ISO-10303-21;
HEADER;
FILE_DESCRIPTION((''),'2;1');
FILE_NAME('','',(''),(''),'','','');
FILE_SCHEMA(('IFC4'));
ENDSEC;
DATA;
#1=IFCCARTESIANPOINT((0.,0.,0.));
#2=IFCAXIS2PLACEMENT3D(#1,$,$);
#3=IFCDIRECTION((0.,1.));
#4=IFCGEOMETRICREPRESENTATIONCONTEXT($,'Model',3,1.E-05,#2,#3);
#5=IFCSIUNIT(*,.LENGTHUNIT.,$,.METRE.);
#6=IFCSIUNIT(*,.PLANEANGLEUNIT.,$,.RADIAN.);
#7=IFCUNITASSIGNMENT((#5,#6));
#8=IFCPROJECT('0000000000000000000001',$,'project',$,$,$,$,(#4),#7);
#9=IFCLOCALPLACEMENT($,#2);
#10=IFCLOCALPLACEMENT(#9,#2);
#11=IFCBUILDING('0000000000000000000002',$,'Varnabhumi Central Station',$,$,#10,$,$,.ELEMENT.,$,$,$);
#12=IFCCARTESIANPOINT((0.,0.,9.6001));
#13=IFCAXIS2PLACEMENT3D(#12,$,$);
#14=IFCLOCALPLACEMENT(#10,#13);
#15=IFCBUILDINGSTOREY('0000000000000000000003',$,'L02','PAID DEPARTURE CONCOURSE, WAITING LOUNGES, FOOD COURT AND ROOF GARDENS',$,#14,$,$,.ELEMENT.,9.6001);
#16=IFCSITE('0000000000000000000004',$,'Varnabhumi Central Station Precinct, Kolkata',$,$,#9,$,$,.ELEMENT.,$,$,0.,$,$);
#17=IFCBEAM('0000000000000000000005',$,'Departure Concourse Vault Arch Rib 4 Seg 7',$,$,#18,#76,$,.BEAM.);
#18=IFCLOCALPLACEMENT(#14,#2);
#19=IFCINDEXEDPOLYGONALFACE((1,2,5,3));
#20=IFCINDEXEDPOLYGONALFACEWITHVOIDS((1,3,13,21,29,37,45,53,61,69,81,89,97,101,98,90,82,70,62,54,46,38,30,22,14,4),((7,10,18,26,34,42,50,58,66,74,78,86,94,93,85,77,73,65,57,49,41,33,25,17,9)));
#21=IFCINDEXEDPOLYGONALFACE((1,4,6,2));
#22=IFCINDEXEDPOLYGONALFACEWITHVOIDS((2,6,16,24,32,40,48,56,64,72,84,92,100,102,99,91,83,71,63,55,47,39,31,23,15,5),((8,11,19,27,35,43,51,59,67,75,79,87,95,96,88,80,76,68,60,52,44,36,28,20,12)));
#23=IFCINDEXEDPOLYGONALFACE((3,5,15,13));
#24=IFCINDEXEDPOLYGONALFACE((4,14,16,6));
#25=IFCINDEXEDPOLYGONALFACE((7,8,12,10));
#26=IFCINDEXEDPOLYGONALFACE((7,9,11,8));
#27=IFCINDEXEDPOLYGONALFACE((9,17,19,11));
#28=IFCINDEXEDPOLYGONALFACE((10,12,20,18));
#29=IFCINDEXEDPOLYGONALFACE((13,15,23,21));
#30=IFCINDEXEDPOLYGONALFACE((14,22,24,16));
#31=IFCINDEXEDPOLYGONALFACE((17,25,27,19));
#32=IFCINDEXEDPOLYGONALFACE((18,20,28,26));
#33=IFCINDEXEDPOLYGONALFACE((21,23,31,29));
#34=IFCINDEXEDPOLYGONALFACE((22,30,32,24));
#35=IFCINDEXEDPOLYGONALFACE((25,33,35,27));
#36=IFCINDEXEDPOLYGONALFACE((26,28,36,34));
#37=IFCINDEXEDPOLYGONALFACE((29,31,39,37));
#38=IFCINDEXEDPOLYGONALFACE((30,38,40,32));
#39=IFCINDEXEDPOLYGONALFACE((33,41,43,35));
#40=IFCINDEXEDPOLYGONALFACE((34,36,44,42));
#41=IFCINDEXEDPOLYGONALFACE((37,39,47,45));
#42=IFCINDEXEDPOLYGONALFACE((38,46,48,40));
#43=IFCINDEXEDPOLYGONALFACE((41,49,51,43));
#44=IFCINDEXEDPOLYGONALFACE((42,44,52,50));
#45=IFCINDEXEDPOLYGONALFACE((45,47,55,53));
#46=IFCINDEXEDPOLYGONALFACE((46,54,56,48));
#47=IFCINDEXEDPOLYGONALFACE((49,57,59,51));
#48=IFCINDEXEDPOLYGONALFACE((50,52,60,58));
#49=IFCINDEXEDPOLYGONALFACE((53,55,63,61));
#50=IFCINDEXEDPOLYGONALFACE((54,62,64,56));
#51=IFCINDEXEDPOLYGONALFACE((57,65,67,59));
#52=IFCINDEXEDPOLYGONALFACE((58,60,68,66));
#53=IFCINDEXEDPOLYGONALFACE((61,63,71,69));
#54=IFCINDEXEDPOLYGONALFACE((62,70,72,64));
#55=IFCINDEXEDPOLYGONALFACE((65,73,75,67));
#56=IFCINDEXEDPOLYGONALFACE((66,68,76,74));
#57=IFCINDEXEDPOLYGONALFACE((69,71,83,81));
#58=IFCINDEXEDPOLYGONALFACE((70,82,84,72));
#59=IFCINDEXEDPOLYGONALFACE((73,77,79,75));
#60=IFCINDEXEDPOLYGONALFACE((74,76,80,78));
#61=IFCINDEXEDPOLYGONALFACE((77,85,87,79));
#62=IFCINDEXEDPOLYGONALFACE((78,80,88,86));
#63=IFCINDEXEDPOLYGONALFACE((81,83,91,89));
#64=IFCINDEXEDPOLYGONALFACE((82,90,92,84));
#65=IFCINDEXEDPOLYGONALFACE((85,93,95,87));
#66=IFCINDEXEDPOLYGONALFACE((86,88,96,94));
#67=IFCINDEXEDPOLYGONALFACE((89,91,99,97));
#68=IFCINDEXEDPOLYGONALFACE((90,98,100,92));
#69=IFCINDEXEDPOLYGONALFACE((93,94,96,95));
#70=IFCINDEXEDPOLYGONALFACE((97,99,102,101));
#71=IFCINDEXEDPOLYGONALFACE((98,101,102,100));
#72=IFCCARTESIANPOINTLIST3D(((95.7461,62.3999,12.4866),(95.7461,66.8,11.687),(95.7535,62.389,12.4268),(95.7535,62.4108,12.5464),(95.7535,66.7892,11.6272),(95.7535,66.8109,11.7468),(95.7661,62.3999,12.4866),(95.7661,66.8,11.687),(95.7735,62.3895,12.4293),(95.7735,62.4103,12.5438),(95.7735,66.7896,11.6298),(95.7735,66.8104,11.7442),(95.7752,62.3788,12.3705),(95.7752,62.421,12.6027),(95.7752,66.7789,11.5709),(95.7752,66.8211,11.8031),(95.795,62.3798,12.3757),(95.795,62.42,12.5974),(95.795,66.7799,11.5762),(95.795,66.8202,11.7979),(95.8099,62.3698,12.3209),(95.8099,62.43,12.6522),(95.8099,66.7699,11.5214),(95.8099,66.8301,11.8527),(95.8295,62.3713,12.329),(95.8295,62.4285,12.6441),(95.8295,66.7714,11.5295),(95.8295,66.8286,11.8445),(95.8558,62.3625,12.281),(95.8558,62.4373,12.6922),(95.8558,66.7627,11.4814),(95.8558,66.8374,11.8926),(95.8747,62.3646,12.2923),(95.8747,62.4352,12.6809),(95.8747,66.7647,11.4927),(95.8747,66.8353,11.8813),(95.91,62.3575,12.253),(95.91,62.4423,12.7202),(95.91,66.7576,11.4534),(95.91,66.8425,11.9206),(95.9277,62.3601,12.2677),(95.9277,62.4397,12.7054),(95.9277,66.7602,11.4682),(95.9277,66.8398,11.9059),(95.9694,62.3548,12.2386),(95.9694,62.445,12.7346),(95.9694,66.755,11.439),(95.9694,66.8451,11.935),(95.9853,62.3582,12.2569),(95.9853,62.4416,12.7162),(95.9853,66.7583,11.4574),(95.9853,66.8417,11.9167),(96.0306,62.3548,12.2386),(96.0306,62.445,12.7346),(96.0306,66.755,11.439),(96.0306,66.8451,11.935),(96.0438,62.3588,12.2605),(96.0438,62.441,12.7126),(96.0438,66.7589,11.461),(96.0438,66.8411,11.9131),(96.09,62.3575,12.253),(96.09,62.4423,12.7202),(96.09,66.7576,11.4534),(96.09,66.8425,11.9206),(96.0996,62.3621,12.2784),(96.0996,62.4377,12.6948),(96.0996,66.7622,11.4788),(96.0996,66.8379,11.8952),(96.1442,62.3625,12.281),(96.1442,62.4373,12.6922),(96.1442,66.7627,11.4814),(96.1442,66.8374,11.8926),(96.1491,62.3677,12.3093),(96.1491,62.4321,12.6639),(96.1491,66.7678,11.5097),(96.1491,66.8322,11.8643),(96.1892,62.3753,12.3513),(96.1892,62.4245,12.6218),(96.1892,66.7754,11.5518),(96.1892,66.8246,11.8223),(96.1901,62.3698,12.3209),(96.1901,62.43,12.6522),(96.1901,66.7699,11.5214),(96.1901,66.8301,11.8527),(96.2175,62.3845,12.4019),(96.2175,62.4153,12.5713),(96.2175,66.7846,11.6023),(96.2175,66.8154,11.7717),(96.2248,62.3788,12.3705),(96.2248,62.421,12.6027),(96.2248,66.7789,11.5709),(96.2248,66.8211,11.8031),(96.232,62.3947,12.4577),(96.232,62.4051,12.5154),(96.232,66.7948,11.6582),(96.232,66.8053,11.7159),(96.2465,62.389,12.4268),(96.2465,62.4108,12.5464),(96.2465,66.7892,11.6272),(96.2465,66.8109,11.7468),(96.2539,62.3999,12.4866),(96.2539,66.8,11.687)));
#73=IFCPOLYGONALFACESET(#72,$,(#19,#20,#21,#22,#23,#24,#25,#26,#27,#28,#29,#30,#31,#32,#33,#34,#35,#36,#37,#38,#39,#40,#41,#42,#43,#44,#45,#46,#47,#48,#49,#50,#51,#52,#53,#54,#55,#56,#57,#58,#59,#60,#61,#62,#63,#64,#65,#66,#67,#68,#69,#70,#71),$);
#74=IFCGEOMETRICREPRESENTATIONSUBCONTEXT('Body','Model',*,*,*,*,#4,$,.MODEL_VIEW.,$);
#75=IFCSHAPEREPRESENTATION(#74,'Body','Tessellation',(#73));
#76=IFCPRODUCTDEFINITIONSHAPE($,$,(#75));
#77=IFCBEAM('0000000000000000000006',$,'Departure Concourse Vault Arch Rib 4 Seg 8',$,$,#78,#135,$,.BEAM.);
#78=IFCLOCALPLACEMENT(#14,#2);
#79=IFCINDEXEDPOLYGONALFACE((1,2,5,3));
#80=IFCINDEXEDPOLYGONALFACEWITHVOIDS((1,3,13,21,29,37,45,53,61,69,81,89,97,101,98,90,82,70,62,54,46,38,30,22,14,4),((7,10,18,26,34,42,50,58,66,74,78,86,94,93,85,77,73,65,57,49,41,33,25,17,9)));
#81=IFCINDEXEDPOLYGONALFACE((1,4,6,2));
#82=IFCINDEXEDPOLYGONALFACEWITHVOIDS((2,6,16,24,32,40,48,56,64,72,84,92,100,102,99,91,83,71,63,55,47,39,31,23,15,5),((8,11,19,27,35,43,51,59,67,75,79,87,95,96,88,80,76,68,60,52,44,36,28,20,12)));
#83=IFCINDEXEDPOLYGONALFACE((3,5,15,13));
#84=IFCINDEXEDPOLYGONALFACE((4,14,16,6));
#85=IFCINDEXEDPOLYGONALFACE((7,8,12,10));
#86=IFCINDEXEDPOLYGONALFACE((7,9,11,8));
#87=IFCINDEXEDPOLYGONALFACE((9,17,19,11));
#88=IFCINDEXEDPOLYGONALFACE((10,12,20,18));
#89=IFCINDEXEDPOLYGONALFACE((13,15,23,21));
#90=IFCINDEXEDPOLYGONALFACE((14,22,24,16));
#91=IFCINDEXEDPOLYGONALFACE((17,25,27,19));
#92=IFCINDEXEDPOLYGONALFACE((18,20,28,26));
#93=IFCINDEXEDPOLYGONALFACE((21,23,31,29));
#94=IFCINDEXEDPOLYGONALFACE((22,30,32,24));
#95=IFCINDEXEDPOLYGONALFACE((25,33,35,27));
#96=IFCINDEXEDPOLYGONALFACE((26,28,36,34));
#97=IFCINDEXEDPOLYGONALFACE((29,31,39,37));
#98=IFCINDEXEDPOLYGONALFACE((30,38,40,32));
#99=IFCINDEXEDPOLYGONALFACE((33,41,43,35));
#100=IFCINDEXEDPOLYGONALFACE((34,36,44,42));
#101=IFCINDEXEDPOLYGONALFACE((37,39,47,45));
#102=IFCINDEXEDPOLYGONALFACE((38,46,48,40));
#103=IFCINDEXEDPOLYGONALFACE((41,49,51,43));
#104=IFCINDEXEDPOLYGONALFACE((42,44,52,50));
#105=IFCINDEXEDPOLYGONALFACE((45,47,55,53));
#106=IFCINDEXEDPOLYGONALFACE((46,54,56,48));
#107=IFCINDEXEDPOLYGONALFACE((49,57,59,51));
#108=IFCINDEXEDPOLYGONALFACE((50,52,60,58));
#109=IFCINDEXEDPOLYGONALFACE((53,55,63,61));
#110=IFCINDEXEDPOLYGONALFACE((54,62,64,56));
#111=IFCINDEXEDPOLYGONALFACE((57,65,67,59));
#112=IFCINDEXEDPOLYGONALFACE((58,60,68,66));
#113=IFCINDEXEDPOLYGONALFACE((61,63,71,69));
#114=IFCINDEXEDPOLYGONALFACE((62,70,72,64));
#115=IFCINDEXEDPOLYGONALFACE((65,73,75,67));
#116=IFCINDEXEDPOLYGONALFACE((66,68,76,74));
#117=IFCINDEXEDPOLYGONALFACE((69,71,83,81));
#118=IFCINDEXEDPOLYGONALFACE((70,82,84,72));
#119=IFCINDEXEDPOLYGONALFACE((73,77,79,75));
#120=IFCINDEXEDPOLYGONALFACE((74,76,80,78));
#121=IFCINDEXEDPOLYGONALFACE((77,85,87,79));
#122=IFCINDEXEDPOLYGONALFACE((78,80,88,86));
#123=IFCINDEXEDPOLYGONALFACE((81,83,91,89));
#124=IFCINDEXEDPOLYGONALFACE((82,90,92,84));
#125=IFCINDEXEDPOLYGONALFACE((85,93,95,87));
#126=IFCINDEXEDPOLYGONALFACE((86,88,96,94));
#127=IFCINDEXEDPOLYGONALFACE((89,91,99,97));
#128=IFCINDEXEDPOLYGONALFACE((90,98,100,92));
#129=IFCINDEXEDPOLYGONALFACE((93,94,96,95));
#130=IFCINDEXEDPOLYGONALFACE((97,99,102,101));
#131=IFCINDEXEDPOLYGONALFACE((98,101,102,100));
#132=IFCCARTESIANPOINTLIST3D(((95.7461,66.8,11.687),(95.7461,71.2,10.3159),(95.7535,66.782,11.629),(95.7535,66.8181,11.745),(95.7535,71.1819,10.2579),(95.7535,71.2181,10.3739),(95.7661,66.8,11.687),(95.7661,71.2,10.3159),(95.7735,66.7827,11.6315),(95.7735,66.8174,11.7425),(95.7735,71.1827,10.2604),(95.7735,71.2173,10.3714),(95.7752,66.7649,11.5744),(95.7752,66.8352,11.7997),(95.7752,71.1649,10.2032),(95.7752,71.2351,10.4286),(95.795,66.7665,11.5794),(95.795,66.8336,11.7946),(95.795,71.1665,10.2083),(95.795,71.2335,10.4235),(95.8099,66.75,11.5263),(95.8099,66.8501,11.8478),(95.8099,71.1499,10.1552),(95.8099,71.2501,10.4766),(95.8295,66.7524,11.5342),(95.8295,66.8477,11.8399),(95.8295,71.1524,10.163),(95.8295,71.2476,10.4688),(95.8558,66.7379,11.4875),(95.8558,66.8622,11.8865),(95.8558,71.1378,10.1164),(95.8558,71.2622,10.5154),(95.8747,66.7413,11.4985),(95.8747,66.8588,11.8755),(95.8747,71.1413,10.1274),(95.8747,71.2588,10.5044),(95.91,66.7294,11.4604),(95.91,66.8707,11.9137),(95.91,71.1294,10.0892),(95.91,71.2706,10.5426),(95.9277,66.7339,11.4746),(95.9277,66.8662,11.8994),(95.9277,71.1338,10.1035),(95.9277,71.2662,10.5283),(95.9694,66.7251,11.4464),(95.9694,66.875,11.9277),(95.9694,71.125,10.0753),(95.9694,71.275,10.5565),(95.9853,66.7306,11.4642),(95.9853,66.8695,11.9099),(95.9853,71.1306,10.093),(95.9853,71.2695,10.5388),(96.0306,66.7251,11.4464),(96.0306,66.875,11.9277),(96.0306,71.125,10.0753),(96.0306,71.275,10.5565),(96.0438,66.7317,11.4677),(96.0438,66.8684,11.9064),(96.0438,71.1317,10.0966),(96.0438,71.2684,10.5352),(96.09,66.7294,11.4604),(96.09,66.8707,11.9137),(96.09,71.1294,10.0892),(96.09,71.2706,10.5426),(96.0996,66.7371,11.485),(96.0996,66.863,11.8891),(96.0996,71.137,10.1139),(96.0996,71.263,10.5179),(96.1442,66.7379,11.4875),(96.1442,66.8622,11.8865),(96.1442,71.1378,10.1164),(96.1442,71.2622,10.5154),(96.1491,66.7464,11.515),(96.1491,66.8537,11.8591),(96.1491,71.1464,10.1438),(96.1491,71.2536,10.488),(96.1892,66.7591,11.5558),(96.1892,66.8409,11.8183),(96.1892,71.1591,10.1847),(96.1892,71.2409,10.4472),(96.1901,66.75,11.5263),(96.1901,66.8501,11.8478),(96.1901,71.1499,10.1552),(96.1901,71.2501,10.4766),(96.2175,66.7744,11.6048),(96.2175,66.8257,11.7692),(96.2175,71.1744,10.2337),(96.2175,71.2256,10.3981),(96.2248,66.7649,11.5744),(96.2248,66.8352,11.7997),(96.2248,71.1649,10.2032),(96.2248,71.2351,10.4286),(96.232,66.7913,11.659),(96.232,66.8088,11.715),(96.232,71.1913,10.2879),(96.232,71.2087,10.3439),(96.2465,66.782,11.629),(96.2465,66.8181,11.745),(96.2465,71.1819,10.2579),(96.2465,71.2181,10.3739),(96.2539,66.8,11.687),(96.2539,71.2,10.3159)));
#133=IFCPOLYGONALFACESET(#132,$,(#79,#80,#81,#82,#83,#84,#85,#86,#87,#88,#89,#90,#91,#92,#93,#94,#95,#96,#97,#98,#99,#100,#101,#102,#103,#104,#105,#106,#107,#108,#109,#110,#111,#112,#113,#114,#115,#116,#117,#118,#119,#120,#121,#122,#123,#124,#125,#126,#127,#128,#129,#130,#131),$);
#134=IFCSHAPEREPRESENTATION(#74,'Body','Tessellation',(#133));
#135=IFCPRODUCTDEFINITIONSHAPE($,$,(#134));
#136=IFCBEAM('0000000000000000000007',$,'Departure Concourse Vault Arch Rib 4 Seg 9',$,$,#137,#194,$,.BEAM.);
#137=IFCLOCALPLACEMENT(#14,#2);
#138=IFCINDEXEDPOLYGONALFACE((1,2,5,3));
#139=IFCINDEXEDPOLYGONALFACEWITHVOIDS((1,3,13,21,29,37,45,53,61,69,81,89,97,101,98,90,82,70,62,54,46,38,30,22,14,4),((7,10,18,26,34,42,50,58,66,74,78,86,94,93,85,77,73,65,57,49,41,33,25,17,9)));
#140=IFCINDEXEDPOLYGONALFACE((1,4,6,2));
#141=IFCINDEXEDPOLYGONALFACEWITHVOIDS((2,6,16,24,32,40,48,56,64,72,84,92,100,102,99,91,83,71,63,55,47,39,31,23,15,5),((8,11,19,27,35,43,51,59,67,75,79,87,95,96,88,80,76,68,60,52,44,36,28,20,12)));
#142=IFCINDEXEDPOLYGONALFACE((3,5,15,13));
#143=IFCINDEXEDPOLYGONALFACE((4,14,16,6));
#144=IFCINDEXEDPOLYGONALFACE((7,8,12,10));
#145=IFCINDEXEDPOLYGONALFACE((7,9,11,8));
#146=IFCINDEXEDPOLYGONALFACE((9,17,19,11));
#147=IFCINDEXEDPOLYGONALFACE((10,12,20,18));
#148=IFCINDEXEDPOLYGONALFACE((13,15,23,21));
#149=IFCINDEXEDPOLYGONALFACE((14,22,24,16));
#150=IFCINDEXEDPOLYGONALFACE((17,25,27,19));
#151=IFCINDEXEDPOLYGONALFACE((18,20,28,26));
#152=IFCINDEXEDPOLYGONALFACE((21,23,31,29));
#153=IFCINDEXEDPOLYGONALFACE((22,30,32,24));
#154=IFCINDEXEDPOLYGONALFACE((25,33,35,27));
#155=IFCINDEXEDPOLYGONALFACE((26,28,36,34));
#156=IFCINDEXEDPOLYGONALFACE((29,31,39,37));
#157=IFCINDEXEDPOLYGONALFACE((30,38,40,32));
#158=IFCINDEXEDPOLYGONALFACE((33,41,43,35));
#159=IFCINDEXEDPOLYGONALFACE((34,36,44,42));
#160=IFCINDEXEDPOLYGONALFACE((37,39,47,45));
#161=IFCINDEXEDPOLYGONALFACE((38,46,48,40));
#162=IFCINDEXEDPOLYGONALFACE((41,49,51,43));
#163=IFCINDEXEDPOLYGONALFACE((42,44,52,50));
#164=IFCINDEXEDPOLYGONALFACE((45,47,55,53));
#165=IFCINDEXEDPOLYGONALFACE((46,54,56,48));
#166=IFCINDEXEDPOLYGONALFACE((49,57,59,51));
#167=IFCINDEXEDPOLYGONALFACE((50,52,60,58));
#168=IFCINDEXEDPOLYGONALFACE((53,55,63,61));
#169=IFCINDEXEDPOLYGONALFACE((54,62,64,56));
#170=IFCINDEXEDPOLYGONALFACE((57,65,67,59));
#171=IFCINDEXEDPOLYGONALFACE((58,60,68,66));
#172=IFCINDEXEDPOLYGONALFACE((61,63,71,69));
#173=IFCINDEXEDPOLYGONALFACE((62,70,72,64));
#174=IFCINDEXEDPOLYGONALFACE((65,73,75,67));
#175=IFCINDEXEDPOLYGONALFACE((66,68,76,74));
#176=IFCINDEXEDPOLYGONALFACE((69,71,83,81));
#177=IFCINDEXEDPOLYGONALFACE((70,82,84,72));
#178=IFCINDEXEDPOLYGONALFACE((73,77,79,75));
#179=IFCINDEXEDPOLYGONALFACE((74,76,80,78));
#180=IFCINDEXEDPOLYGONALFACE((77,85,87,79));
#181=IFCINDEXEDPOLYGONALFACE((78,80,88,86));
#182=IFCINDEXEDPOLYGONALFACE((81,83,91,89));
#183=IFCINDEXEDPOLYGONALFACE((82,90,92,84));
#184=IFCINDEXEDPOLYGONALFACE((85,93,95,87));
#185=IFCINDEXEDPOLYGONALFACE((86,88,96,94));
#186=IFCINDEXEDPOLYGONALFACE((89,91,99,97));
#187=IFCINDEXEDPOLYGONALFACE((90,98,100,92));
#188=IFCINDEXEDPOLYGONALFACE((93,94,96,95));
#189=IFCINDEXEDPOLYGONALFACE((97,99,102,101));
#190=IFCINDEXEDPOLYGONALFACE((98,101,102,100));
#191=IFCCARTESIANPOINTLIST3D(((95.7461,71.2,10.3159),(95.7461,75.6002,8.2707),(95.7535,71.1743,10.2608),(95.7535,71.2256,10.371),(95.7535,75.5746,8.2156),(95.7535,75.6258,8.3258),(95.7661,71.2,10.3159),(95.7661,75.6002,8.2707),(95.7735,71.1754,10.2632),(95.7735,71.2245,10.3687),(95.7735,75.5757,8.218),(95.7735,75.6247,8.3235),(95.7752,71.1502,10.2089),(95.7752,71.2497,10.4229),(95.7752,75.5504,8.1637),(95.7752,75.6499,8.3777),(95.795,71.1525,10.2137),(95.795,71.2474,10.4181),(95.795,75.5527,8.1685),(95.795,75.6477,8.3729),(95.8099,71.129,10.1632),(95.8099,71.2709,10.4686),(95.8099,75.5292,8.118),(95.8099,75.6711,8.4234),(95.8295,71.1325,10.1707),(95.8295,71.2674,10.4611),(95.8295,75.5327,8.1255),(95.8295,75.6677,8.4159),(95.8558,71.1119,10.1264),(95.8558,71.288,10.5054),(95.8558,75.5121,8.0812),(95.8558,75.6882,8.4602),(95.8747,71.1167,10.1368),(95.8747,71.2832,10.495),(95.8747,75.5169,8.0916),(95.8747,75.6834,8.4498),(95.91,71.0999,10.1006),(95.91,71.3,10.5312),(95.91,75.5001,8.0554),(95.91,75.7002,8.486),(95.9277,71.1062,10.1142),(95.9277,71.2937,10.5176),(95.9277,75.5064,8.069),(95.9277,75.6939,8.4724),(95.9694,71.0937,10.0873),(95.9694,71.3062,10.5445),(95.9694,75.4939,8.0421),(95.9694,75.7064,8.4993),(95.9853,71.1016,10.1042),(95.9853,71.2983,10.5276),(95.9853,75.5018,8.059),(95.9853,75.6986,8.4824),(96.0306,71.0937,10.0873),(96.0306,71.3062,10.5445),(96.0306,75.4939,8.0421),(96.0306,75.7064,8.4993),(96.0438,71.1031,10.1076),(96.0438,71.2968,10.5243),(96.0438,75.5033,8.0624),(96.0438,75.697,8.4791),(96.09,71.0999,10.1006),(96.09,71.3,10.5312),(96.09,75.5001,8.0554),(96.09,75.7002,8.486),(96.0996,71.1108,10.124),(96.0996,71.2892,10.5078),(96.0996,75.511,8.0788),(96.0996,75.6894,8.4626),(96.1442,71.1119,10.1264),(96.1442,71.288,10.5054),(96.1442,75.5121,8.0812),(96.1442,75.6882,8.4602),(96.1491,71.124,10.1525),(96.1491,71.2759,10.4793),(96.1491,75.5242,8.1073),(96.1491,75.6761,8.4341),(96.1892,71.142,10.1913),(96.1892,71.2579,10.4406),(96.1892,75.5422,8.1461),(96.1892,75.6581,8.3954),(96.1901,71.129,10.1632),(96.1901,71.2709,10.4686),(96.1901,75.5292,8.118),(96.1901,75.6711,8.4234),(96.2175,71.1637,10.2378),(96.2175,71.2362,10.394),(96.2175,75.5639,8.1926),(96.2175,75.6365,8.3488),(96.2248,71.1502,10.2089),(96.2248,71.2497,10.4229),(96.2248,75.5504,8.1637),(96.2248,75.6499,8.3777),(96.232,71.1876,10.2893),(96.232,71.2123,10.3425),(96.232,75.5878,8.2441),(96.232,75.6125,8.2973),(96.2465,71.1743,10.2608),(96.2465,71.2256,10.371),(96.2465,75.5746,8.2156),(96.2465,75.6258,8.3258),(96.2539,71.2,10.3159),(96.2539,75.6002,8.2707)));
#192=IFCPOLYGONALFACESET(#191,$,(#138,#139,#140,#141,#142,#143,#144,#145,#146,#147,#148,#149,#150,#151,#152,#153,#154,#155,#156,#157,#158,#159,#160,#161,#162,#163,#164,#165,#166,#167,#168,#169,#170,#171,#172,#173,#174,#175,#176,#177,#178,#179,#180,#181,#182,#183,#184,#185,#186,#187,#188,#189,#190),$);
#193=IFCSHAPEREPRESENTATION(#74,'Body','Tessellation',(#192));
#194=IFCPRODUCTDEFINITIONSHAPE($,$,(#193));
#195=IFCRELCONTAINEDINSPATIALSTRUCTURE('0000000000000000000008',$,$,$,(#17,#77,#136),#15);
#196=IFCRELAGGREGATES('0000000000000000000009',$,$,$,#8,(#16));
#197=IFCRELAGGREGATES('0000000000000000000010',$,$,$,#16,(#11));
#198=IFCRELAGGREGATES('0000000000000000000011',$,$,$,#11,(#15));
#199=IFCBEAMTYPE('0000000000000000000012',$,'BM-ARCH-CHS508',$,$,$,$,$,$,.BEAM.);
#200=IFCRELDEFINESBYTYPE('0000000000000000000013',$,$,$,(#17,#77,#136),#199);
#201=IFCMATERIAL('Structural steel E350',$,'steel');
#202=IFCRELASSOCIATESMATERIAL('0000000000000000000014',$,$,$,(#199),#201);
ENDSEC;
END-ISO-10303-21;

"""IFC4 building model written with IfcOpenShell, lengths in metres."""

from ifc_helpers import new_model, si_unit, direction, frame, origin, origin_2d, place, context, subcontext, project, spatial, hollow_circle, extrude, material, material_profile, profile_set, type_object, element, save


model = new_model("IFC4")

# Units and contexts
model_context = context("Model", 3, precision=1e-05, world=origin(), true_north=direction((0.0, 1.0)))
body_context = subcontext(model_context, "Body", "Model", "MODEL_VIEW")
ifc_project = project(units=[si_unit("LENGTHUNIT", "METRE"), si_unit("PLANEANGLEUNIT", "RADIAN")], contexts=[model_context])

# Site, building, storey
site_placement = place(None, origin())
site = spatial("IfcSite", under=ifc_project, at=site_placement, Name="Varnabhumi Central Station Precinct, Kolkata", CompositionType="ELEMENT", RefElevation=0.0)
building_placement = place(site_placement, origin())
building = spatial("IfcBuilding", under=site, at=building_placement, Name="Varnabhumi Central Station", CompositionType="ELEMENT")
storey_placement = place(building_placement, frame((0.0, 0.0, 9.6001)))
storey = spatial("IfcBuildingStorey", under=building, at=storey_placement, Name="L02", Description="PAID DEPARTURE CONCOURSE, WAITING LOUNGES, FOOD COURT AND ROOF GARDENS", CompositionType="ELEMENT", Elevation=9.6001)

# Beams
ifc_material_1 = material(Name="Structural steel E350", Category="steel")
ifc_material_profile_1 = material_profile(ifc_material_1, hollow_circle(Radius=0.2539, WallThickness=0.02, at=origin_2d()), Name="Structural steel E350", Category="steel")
ifc_profile_set_1 = profile_set([ifc_material_profile_1], Name="Structural steel E350")
beam_type_1 = type_object("IfcBeamType", Name="BM-ARCH-CHS508", PredefinedType="BEAM", material=ifc_profile_set_1)
beam_1_placement = place(storey_placement, frame((96.0, 62.3999, 12.4866), z_axis=(0.0, 0.983888, -0.178785), x_axis=(-1.0, 0.0, 0.0)))
element("IfcBeam", 1, at=beam_1_placement, inside=storey, type_object=beam_type_1, Name="Departure Concourse Vault Arch Rib 4 Seg 7", PredefinedType="BEAM", context=body_context, shape_type="SweptSolid", body=[
    extrude(hollow_circle(Radius=0.2539, WallThickness=0.02, at=origin_2d()), origin(), (0.0, 0.0, 1.0), 4.4722),
])
beam_2_placement = place(storey_placement, frame((96.0, 66.8, 11.687), z_axis=(0.0, 0.954719, -0.297509), x_axis=(-1.0, 0.0, 0.0)))
element("IfcBeam", 2, at=beam_2_placement, inside=storey, type_object=beam_type_1, Name="Departure Concourse Vault Arch Rib 4 Seg 8", PredefinedType="BEAM", context=body_context, shape_type="SweptSolid", body=[
    extrude(hollow_circle(Radius=0.2539, WallThickness=0.02, at=origin_2d()), origin(), (0.0, 0.0, 1.0), 4.6086),
])
beam_3_placement = place(storey_placement, frame((96.0, 71.2, 10.3159), z_axis=(0.0, 0.906832, -0.421491), x_axis=(-1.0, 0.0, 0.0)))
element("IfcBeam", 3, at=beam_3_placement, inside=storey, type_object=beam_type_1, Name="Departure Concourse Vault Arch Rib 4 Seg 9", PredefinedType="BEAM", context=body_context, shape_type="SweptSolid", body=[
    extrude(hollow_circle(Radius=0.2539, WallThickness=0.02, at=origin_2d()), origin(), (0.0, 0.0, 1.0), 4.8523),
])

save(model, "model.ifc")
